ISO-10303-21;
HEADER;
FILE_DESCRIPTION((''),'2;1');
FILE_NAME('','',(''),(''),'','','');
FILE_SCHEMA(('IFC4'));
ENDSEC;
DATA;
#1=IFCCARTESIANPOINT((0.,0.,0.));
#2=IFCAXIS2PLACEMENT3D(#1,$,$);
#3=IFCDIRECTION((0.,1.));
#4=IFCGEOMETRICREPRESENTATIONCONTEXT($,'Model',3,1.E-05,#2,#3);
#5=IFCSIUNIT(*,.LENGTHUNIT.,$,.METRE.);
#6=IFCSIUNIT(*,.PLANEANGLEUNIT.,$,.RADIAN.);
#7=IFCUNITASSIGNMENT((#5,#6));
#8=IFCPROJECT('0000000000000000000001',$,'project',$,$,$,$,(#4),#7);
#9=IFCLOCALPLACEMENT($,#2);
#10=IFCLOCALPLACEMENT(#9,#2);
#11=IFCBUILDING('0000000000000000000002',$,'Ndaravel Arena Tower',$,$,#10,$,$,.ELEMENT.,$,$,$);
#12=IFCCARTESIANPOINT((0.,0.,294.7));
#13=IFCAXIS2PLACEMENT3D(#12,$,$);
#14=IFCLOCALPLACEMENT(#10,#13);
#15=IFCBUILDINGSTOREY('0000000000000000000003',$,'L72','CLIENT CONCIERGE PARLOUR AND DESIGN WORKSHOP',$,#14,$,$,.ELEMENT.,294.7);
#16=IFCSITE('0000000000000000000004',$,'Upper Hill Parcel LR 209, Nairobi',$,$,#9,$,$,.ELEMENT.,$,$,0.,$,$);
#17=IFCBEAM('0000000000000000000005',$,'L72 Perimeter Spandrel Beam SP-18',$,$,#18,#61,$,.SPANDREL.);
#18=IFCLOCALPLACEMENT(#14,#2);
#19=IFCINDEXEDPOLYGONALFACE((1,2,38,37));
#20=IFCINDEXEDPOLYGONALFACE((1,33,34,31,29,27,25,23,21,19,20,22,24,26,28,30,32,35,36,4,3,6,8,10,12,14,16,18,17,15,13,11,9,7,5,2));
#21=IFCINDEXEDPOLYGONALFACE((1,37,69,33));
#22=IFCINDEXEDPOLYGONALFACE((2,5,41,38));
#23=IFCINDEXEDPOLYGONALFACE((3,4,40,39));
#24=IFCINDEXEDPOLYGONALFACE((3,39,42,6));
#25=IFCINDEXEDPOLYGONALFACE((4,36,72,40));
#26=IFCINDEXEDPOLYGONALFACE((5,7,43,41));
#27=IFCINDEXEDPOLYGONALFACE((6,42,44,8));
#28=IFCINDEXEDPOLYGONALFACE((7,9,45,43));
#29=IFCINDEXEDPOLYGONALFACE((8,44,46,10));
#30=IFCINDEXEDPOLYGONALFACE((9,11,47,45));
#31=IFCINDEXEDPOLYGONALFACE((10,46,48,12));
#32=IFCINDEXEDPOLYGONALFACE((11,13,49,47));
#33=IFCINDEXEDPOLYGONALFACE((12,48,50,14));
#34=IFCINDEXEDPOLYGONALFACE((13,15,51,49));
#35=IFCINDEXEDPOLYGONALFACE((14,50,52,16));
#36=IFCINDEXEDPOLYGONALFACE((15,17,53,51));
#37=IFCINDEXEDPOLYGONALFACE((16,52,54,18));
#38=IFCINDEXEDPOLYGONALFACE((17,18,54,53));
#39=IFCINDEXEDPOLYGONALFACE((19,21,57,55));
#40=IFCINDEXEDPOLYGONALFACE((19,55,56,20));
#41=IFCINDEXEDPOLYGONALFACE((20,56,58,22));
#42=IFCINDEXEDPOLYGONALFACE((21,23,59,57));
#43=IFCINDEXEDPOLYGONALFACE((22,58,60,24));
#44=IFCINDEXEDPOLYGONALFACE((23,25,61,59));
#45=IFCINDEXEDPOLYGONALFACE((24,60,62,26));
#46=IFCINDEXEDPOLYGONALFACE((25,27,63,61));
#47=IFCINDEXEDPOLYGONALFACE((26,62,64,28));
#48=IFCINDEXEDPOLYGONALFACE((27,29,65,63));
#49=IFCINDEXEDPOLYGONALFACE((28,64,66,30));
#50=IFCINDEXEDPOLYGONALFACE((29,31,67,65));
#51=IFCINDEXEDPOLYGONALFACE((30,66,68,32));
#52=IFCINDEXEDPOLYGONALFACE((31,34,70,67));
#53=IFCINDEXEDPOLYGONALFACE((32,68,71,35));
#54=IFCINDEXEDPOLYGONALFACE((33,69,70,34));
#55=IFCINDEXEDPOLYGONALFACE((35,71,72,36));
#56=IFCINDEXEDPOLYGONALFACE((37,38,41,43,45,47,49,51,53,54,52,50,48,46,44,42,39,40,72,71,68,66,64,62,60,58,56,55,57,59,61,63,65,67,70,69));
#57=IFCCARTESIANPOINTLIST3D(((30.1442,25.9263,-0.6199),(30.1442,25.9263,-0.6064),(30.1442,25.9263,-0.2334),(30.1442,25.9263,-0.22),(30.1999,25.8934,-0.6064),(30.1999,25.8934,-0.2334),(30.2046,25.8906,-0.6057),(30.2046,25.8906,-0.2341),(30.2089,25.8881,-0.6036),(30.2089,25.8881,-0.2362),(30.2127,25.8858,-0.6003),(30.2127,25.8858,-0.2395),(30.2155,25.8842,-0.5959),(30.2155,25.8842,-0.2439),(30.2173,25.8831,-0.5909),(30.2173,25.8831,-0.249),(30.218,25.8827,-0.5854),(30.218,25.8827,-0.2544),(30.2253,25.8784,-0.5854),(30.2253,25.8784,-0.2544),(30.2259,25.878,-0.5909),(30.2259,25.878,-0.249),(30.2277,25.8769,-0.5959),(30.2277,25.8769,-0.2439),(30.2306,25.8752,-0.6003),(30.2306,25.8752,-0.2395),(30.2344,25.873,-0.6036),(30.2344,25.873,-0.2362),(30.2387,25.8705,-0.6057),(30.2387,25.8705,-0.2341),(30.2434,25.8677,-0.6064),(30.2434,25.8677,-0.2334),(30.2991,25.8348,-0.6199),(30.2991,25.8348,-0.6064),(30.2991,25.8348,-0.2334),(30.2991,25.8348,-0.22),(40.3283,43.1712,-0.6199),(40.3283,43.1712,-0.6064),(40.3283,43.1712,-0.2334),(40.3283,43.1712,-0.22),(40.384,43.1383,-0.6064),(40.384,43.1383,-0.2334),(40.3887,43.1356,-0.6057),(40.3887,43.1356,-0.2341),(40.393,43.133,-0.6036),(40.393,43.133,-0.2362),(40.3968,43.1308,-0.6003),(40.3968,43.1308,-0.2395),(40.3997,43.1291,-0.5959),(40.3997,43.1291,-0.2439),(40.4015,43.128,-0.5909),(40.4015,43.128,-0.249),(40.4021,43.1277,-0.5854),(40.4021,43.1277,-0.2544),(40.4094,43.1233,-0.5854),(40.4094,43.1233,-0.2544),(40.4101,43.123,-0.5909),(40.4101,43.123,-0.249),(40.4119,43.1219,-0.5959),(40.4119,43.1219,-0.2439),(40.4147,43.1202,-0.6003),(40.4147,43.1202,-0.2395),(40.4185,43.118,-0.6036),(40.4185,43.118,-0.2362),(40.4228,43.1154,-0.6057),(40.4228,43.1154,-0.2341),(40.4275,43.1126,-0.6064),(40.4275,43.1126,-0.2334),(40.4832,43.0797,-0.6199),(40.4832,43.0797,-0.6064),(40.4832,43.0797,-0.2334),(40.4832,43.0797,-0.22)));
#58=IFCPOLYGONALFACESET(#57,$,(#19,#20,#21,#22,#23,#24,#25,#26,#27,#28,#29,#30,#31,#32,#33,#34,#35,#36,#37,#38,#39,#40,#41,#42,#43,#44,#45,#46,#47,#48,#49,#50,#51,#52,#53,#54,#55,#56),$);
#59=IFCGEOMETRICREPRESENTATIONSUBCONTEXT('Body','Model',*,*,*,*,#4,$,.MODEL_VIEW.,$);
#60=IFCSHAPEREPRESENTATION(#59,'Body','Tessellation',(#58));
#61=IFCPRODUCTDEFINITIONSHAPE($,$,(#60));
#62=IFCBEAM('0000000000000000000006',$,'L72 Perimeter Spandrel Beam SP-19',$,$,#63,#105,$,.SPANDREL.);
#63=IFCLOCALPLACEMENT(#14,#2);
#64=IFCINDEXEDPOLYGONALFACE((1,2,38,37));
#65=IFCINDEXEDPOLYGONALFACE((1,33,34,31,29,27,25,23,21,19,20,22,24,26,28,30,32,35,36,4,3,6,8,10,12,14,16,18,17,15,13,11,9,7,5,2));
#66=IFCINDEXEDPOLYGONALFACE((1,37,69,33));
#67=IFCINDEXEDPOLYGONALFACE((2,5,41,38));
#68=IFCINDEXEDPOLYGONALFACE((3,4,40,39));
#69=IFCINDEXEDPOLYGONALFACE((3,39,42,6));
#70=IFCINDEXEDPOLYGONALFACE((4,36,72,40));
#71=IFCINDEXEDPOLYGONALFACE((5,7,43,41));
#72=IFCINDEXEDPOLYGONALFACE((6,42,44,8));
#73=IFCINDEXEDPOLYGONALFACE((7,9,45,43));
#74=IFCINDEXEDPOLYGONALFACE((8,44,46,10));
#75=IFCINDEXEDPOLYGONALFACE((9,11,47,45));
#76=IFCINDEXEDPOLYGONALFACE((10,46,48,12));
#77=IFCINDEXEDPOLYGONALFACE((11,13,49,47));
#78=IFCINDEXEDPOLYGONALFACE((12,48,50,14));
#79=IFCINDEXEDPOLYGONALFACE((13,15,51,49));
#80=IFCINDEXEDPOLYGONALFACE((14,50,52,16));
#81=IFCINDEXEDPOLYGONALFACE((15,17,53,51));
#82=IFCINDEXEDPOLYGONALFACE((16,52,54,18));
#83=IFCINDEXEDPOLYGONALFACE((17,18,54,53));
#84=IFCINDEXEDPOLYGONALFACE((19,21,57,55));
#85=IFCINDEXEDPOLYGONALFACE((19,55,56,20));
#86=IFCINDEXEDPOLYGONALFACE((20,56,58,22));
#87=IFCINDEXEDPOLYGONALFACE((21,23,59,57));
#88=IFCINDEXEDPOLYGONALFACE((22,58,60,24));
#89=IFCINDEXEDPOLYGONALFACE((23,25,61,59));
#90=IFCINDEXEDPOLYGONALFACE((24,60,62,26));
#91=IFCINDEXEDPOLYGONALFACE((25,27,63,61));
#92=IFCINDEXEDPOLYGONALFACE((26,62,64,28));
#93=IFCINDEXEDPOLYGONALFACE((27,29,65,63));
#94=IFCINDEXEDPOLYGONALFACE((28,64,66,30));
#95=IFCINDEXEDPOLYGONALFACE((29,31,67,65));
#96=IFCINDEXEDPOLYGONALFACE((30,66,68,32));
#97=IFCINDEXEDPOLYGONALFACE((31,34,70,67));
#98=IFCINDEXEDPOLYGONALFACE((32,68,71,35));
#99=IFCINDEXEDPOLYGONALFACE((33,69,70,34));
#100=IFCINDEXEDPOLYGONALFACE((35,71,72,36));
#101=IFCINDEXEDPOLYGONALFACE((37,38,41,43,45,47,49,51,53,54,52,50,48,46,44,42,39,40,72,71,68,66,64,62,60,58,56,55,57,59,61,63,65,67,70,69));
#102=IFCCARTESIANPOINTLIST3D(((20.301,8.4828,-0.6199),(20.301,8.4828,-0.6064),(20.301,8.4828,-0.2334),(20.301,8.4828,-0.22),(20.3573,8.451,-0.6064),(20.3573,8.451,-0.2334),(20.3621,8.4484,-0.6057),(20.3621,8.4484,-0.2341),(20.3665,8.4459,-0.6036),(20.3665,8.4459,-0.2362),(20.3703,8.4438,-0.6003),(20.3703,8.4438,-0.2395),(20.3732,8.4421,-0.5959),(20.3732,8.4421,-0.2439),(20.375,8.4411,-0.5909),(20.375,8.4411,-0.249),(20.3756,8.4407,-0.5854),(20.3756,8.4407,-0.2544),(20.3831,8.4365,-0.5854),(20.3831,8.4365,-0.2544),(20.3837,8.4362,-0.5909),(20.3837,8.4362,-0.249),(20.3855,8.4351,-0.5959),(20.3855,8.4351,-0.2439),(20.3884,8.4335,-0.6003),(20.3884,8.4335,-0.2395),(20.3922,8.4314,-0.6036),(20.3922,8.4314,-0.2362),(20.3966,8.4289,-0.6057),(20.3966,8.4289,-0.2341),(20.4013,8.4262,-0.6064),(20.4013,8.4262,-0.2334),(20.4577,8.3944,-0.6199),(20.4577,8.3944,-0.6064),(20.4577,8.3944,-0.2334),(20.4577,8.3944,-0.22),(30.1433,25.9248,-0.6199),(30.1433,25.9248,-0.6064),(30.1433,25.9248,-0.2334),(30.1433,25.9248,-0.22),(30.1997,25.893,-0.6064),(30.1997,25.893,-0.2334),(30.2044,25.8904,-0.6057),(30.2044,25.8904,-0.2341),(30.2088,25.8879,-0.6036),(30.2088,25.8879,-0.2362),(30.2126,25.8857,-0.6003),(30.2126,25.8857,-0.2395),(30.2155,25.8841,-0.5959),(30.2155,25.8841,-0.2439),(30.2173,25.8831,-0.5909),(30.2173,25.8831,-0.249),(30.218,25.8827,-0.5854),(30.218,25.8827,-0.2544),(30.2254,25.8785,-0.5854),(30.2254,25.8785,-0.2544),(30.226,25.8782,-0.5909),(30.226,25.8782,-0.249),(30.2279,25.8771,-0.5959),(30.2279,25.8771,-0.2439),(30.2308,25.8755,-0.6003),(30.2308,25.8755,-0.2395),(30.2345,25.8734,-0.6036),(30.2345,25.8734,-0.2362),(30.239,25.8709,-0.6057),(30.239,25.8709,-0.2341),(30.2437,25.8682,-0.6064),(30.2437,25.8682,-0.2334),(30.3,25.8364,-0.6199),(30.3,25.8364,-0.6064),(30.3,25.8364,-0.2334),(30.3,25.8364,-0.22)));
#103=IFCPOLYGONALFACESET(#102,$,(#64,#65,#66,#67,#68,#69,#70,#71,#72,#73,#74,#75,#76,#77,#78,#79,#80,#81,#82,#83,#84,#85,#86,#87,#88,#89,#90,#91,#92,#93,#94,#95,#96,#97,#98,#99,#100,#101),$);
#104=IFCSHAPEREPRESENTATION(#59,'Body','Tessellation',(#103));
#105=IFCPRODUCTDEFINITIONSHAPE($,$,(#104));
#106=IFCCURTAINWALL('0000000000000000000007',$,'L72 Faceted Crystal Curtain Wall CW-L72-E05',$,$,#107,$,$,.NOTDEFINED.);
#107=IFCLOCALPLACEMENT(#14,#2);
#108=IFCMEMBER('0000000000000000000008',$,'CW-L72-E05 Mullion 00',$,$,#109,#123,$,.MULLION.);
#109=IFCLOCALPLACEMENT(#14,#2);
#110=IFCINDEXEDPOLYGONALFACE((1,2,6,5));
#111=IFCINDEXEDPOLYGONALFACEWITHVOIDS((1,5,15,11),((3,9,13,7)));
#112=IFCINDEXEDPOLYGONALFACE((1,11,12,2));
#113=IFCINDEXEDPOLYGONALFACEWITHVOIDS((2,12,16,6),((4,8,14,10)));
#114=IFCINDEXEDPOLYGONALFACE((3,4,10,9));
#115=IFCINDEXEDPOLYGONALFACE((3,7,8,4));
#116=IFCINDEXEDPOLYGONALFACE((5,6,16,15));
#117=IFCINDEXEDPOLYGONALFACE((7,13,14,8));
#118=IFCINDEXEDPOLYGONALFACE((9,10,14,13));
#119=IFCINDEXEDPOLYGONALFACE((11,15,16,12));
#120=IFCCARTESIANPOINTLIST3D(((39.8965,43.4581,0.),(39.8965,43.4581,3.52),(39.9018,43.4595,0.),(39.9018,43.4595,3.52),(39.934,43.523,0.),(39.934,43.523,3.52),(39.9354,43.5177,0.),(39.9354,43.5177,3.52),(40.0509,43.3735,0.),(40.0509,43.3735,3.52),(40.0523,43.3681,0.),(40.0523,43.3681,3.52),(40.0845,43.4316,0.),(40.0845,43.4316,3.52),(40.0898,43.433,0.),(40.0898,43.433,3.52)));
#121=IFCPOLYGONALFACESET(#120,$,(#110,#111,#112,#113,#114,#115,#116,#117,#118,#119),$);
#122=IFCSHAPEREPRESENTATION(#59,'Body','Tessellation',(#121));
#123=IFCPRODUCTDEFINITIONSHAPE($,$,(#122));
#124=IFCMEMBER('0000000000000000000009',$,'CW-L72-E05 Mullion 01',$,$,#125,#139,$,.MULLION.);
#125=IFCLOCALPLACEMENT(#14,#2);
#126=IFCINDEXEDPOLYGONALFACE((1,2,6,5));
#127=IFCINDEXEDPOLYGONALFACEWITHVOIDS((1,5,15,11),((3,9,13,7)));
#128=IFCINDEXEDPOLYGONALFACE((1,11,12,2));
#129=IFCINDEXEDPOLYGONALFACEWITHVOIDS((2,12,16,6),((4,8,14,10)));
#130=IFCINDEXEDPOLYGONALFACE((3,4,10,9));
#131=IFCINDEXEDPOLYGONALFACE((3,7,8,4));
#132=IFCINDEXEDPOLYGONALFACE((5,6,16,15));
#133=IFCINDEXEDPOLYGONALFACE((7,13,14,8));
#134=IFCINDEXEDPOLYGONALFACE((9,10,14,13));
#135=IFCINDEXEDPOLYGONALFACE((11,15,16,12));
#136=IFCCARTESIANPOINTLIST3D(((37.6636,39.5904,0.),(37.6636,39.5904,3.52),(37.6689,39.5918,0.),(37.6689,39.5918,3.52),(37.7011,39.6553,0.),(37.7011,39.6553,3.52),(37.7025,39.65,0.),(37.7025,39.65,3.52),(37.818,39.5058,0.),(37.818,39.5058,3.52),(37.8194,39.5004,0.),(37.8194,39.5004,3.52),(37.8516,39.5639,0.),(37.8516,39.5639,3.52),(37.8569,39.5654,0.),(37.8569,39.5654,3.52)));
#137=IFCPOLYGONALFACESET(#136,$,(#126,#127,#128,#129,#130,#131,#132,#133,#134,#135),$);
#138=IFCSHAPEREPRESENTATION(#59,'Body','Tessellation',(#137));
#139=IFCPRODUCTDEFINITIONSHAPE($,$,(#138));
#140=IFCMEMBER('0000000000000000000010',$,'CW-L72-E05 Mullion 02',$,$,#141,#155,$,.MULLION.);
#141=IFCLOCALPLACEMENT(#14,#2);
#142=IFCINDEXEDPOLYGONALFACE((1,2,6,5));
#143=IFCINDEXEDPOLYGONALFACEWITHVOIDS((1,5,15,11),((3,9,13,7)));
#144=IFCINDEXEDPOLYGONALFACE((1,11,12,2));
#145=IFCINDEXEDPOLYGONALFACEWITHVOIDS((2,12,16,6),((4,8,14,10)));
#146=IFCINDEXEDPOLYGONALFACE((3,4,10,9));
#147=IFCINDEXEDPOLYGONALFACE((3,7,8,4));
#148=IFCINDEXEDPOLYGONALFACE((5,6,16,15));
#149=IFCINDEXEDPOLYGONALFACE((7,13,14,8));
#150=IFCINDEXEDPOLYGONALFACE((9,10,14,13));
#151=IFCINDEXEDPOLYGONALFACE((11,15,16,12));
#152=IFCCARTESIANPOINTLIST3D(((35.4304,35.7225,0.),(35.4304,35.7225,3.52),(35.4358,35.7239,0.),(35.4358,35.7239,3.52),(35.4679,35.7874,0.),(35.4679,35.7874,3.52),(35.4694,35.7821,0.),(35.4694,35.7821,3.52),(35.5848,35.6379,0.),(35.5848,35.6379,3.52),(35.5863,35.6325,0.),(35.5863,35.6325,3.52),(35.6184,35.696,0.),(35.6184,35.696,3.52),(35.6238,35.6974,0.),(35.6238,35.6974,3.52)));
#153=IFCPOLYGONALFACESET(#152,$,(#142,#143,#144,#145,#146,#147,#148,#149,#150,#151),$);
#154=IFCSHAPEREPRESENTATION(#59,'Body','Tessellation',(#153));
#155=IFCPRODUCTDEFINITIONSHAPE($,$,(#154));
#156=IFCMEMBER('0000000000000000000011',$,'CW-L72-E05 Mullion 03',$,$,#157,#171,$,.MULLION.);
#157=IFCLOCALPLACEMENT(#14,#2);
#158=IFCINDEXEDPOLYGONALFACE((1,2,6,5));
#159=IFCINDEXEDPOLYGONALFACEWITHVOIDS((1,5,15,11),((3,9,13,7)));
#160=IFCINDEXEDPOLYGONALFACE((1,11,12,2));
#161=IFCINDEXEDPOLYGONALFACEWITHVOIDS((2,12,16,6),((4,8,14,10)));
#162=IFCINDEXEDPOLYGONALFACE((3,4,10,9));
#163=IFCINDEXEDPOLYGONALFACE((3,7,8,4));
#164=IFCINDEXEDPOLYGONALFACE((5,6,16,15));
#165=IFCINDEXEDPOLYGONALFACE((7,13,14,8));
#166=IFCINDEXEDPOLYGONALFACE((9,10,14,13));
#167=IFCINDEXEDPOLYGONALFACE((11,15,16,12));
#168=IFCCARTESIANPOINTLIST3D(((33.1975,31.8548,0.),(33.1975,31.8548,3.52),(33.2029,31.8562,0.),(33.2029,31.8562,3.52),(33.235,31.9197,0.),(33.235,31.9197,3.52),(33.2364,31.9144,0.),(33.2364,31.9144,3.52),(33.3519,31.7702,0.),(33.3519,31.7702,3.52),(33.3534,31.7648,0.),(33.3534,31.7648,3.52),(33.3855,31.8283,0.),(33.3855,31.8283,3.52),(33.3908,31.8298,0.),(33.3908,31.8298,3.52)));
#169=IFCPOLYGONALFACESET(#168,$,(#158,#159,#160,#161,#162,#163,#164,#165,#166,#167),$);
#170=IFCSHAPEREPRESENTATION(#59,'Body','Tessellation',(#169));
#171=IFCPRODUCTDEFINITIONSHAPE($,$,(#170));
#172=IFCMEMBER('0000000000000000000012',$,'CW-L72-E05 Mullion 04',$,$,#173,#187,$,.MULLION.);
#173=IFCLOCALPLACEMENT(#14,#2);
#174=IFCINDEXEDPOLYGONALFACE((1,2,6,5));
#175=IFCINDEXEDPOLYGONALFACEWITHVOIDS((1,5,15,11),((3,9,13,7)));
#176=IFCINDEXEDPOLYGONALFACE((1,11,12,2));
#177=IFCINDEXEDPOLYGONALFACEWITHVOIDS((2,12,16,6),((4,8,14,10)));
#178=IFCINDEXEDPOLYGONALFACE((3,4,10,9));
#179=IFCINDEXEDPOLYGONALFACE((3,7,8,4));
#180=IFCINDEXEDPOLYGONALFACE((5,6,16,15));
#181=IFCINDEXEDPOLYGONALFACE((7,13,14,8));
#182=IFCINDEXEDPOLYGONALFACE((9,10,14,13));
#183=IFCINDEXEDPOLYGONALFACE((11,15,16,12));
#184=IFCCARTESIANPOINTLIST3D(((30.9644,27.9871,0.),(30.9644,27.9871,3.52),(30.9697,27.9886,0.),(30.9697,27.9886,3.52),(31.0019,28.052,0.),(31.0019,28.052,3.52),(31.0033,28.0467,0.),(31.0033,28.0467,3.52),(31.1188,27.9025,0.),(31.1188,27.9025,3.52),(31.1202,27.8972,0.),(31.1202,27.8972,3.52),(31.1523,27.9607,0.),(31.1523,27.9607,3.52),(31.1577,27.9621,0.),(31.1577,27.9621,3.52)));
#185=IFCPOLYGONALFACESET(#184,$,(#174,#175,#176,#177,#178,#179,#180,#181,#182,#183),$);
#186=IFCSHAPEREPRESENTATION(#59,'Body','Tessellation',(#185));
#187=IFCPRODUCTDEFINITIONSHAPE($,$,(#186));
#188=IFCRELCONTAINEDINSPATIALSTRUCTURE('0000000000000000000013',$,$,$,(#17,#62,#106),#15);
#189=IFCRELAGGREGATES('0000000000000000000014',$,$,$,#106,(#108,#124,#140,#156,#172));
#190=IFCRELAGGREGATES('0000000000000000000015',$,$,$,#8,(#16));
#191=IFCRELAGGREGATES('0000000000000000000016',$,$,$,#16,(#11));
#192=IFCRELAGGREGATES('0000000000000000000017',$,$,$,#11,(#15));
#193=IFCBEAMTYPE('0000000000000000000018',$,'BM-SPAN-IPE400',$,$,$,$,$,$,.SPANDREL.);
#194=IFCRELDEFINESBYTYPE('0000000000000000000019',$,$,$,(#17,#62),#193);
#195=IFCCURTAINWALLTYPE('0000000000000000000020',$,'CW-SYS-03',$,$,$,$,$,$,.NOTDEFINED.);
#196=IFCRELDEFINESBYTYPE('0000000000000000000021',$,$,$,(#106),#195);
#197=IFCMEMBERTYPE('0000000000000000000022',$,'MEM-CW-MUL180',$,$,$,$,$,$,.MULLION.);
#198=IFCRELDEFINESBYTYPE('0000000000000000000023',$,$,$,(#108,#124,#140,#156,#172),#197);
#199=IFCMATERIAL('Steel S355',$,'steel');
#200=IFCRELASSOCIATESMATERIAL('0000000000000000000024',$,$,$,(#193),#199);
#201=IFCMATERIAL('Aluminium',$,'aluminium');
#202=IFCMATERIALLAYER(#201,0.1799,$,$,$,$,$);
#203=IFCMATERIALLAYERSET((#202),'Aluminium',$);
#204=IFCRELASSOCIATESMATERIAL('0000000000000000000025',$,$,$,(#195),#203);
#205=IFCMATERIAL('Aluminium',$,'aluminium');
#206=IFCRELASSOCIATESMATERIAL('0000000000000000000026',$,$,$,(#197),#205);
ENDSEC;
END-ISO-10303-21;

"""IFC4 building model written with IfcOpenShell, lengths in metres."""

from ifc_helpers import new_model, si_unit, direction, frame, origin, origin_2d, place, context, subcontext, project, spatial, hollow_rectangle, i_section, extrude, material, layer, layer_set, material_profile, profile_set, type_object, element, aggregate, save


model = new_model("IFC4")

# Units and contexts
model_context = context("Model", 3, precision=1e-05, world=origin(), true_north=direction((0.0, 1.0)))
body_context = subcontext(model_context, "Body", "Model", "MODEL_VIEW")
ifc_project = project(units=[si_unit("LENGTHUNIT", "METRE"), si_unit("PLANEANGLEUNIT", "RADIAN")], contexts=[model_context])

# Site, building, storey
site_placement = place(None, origin())
site = spatial("IfcSite", under=ifc_project, at=site_placement, Name="Upper Hill Parcel LR 209, Nairobi", CompositionType="ELEMENT", RefElevation=0.0)
building_placement = place(site_placement, origin())
building = spatial("IfcBuilding", under=site, at=building_placement, Name="Ndaravel Arena Tower", CompositionType="ELEMENT")
storey_placement = place(building_placement, frame((0.0, 0.0, 294.7)))
storey = spatial("IfcBuildingStorey", under=building, at=storey_placement, Name="L72", Description="CLIENT CONCIERGE PARLOUR AND DESIGN WORKSHOP", CompositionType="ELEMENT", Elevation=294.7)

# Beams
ifc_material_1 = material(Name="Steel S355", Category="steel")
ifc_material_profile_1 = material_profile(ifc_material_1, i_section(OverallWidth=0.1799, OverallDepth=0.3999, WebThickness=0.0085, FlangeThickness=0.0134, FilletRadius=0.021, at=origin_2d()), Name="IPE 400")
ifc_profile_set_1 = profile_set([ifc_material_profile_1], Name="Steel S355")
beam_type_1 = type_object("IfcBeamType", Name="BM-SPAN-IPE400", PredefinedType="SPANDREL", material=ifc_profile_set_1)
beam_1_placement = place(storey_placement, frame((40.4058, 43.1255, -0.4199), z_axis=(-0.508505, -0.861059, 0.0), x_axis=(0.861059, -0.508505, 0.0)))
element("IfcBeam", 1, at=beam_1_placement, inside=storey, type_object=beam_type_1, Name="L72 Perimeter Spandrel Beam SP-18", PredefinedType="SPANDREL", context=body_context, shape_type="SweptSolid", body=[
    extrude(i_section(OverallWidth=0.1799, OverallDepth=0.3999, WebThickness=0.0085, FlangeThickness=0.0134, FilletRadius=0.021, at=origin_2d()), origin(), (0.0, 0.0, 1.0), 20.0276),
])
beam_2_placement = place(storey_placement, frame((30.2217, 25.8806, -0.4199), z_axis=(-0.491445, -0.870909, 0.0), x_axis=(0.870909, -0.491445, 0.0)))
element("IfcBeam", 2, at=beam_2_placement, inside=storey, type_object=beam_type_1, Name="L72 Perimeter Spandrel Beam SP-19", PredefinedType="SPANDREL", context=body_context, shape_type="SweptSolid", body=[
    extrude(i_section(OverallWidth=0.1799, OverallDepth=0.3999, WebThickness=0.0085, FlangeThickness=0.0134, FilletRadius=0.021, at=origin_2d()), origin(), (0.0, 0.0, 1.0), 20.0273),
])

# Curtain wall, members
ifc_material_2 = material(Name="Aluminium", Category="aluminium")
ifc_layer_1 = layer(ifc_material_2, 0.1799)
ifc_layer_set_1 = layer_set([ifc_layer_1], Name="Aluminium")
curtain_wall_type_1 = type_object("IfcCurtainWallType", Name="CW-SYS-03", PredefinedType="NOTDEFINED", material=ifc_layer_set_1)
curtain_wall_1_placement = place(storey_placement, origin())
curtain_wall_1 = element("IfcCurtainWall", 3, at=curtain_wall_1_placement, inside=storey, type_object=curtain_wall_type_1, Name="L72 Faceted Crystal Curtain Wall CW-L72-E05", PredefinedType="NOTDEFINED")
ifc_material_3 = material(Name="Aluminium", Category="aluminium")
ifc_material_profile_2 = material_profile(ifc_material_3, hollow_rectangle(XDim=0.075, YDim=0.1799, WallThickness=0.0039, at=origin_2d()), Name="CW MULLION 75x180x4")
ifc_profile_set_2 = profile_set([ifc_material_profile_2], Name="Aluminium")
member_type_1 = type_object("IfcMemberType", Name="MEM-CW-MUL180", PredefinedType="MULLION", material=ifc_profile_set_2)
member_1_placement = place(storey_placement, frame((39.9932, 43.4456, 0.0), z_axis=(0.0, 0.0, 1.0), x_axis=(-0.5, -0.866025, 0.0)))
member_1 = element("IfcMember", 4, at=member_1_placement, type_object=member_type_1, Name="CW-L72-E05 Mullion 00", PredefinedType="MULLION", context=body_context, shape_type="SweptSolid", body=[
    extrude(hollow_rectangle(XDim=0.075, YDim=0.1799, WallThickness=0.0039, at=origin_2d()), origin(), (0.0, 0.0, 1.0), 3.52),
])
member_2_placement = place(storey_placement, frame((37.7603, 39.5779, 0.0), z_axis=(0.0, 0.0, 1.0), x_axis=(-0.5, -0.866025, 0.0)))
member_2 = element("IfcMember", 5, at=member_2_placement, type_object=member_type_1, Name="CW-L72-E05 Mullion 01", PredefinedType="MULLION", context=body_context, shape_type="SweptSolid", body=[
    extrude(hollow_rectangle(XDim=0.075, YDim=0.1799, WallThickness=0.0039, at=origin_2d()), origin(), (0.0, 0.0, 1.0), 3.52),
])
member_3_placement = place(storey_placement, frame((35.5271, 35.71, 0.0), z_axis=(0.0, 0.0, 1.0), x_axis=(-0.5, -0.866025, 0.0)))
member_3 = element("IfcMember", 6, at=member_3_placement, type_object=member_type_1, Name="CW-L72-E05 Mullion 02", PredefinedType="MULLION", context=body_context, shape_type="SweptSolid", body=[
    extrude(hollow_rectangle(XDim=0.075, YDim=0.1799, WallThickness=0.0039, at=origin_2d()), origin(), (0.0, 0.0, 1.0), 3.52),
])
member_4_placement = place(storey_placement, frame((33.2942, 31.8423, 0.0), z_axis=(0.0, 0.0, 1.0), x_axis=(-0.5, -0.866025, 0.0)))
member_4 = element("IfcMember", 7, at=member_4_placement, type_object=member_type_1, Name="CW-L72-E05 Mullion 03", PredefinedType="MULLION", context=body_context, shape_type="SweptSolid", body=[
    extrude(hollow_rectangle(XDim=0.075, YDim=0.1799, WallThickness=0.0039, at=origin_2d()), origin(), (0.0, 0.0, 1.0), 3.52),
])
member_5_placement = place(storey_placement, frame((31.061, 27.9746, 0.0), z_axis=(0.0, 0.0, 1.0), x_axis=(-0.5, -0.866025, 0.0)))
member_5 = element("IfcMember", 8, at=member_5_placement, type_object=member_type_1, Name="CW-L72-E05 Mullion 04", PredefinedType="MULLION", context=body_context, shape_type="SweptSolid", body=[
    extrude(hollow_rectangle(XDim=0.075, YDim=0.1799, WallThickness=0.0039, at=origin_2d()), origin(), (0.0, 0.0, 1.0), 3.52),
])

aggregate(curtain_wall_1, [member_1, member_2, member_3, member_4, member_5])

save(model, "model.ifc")
